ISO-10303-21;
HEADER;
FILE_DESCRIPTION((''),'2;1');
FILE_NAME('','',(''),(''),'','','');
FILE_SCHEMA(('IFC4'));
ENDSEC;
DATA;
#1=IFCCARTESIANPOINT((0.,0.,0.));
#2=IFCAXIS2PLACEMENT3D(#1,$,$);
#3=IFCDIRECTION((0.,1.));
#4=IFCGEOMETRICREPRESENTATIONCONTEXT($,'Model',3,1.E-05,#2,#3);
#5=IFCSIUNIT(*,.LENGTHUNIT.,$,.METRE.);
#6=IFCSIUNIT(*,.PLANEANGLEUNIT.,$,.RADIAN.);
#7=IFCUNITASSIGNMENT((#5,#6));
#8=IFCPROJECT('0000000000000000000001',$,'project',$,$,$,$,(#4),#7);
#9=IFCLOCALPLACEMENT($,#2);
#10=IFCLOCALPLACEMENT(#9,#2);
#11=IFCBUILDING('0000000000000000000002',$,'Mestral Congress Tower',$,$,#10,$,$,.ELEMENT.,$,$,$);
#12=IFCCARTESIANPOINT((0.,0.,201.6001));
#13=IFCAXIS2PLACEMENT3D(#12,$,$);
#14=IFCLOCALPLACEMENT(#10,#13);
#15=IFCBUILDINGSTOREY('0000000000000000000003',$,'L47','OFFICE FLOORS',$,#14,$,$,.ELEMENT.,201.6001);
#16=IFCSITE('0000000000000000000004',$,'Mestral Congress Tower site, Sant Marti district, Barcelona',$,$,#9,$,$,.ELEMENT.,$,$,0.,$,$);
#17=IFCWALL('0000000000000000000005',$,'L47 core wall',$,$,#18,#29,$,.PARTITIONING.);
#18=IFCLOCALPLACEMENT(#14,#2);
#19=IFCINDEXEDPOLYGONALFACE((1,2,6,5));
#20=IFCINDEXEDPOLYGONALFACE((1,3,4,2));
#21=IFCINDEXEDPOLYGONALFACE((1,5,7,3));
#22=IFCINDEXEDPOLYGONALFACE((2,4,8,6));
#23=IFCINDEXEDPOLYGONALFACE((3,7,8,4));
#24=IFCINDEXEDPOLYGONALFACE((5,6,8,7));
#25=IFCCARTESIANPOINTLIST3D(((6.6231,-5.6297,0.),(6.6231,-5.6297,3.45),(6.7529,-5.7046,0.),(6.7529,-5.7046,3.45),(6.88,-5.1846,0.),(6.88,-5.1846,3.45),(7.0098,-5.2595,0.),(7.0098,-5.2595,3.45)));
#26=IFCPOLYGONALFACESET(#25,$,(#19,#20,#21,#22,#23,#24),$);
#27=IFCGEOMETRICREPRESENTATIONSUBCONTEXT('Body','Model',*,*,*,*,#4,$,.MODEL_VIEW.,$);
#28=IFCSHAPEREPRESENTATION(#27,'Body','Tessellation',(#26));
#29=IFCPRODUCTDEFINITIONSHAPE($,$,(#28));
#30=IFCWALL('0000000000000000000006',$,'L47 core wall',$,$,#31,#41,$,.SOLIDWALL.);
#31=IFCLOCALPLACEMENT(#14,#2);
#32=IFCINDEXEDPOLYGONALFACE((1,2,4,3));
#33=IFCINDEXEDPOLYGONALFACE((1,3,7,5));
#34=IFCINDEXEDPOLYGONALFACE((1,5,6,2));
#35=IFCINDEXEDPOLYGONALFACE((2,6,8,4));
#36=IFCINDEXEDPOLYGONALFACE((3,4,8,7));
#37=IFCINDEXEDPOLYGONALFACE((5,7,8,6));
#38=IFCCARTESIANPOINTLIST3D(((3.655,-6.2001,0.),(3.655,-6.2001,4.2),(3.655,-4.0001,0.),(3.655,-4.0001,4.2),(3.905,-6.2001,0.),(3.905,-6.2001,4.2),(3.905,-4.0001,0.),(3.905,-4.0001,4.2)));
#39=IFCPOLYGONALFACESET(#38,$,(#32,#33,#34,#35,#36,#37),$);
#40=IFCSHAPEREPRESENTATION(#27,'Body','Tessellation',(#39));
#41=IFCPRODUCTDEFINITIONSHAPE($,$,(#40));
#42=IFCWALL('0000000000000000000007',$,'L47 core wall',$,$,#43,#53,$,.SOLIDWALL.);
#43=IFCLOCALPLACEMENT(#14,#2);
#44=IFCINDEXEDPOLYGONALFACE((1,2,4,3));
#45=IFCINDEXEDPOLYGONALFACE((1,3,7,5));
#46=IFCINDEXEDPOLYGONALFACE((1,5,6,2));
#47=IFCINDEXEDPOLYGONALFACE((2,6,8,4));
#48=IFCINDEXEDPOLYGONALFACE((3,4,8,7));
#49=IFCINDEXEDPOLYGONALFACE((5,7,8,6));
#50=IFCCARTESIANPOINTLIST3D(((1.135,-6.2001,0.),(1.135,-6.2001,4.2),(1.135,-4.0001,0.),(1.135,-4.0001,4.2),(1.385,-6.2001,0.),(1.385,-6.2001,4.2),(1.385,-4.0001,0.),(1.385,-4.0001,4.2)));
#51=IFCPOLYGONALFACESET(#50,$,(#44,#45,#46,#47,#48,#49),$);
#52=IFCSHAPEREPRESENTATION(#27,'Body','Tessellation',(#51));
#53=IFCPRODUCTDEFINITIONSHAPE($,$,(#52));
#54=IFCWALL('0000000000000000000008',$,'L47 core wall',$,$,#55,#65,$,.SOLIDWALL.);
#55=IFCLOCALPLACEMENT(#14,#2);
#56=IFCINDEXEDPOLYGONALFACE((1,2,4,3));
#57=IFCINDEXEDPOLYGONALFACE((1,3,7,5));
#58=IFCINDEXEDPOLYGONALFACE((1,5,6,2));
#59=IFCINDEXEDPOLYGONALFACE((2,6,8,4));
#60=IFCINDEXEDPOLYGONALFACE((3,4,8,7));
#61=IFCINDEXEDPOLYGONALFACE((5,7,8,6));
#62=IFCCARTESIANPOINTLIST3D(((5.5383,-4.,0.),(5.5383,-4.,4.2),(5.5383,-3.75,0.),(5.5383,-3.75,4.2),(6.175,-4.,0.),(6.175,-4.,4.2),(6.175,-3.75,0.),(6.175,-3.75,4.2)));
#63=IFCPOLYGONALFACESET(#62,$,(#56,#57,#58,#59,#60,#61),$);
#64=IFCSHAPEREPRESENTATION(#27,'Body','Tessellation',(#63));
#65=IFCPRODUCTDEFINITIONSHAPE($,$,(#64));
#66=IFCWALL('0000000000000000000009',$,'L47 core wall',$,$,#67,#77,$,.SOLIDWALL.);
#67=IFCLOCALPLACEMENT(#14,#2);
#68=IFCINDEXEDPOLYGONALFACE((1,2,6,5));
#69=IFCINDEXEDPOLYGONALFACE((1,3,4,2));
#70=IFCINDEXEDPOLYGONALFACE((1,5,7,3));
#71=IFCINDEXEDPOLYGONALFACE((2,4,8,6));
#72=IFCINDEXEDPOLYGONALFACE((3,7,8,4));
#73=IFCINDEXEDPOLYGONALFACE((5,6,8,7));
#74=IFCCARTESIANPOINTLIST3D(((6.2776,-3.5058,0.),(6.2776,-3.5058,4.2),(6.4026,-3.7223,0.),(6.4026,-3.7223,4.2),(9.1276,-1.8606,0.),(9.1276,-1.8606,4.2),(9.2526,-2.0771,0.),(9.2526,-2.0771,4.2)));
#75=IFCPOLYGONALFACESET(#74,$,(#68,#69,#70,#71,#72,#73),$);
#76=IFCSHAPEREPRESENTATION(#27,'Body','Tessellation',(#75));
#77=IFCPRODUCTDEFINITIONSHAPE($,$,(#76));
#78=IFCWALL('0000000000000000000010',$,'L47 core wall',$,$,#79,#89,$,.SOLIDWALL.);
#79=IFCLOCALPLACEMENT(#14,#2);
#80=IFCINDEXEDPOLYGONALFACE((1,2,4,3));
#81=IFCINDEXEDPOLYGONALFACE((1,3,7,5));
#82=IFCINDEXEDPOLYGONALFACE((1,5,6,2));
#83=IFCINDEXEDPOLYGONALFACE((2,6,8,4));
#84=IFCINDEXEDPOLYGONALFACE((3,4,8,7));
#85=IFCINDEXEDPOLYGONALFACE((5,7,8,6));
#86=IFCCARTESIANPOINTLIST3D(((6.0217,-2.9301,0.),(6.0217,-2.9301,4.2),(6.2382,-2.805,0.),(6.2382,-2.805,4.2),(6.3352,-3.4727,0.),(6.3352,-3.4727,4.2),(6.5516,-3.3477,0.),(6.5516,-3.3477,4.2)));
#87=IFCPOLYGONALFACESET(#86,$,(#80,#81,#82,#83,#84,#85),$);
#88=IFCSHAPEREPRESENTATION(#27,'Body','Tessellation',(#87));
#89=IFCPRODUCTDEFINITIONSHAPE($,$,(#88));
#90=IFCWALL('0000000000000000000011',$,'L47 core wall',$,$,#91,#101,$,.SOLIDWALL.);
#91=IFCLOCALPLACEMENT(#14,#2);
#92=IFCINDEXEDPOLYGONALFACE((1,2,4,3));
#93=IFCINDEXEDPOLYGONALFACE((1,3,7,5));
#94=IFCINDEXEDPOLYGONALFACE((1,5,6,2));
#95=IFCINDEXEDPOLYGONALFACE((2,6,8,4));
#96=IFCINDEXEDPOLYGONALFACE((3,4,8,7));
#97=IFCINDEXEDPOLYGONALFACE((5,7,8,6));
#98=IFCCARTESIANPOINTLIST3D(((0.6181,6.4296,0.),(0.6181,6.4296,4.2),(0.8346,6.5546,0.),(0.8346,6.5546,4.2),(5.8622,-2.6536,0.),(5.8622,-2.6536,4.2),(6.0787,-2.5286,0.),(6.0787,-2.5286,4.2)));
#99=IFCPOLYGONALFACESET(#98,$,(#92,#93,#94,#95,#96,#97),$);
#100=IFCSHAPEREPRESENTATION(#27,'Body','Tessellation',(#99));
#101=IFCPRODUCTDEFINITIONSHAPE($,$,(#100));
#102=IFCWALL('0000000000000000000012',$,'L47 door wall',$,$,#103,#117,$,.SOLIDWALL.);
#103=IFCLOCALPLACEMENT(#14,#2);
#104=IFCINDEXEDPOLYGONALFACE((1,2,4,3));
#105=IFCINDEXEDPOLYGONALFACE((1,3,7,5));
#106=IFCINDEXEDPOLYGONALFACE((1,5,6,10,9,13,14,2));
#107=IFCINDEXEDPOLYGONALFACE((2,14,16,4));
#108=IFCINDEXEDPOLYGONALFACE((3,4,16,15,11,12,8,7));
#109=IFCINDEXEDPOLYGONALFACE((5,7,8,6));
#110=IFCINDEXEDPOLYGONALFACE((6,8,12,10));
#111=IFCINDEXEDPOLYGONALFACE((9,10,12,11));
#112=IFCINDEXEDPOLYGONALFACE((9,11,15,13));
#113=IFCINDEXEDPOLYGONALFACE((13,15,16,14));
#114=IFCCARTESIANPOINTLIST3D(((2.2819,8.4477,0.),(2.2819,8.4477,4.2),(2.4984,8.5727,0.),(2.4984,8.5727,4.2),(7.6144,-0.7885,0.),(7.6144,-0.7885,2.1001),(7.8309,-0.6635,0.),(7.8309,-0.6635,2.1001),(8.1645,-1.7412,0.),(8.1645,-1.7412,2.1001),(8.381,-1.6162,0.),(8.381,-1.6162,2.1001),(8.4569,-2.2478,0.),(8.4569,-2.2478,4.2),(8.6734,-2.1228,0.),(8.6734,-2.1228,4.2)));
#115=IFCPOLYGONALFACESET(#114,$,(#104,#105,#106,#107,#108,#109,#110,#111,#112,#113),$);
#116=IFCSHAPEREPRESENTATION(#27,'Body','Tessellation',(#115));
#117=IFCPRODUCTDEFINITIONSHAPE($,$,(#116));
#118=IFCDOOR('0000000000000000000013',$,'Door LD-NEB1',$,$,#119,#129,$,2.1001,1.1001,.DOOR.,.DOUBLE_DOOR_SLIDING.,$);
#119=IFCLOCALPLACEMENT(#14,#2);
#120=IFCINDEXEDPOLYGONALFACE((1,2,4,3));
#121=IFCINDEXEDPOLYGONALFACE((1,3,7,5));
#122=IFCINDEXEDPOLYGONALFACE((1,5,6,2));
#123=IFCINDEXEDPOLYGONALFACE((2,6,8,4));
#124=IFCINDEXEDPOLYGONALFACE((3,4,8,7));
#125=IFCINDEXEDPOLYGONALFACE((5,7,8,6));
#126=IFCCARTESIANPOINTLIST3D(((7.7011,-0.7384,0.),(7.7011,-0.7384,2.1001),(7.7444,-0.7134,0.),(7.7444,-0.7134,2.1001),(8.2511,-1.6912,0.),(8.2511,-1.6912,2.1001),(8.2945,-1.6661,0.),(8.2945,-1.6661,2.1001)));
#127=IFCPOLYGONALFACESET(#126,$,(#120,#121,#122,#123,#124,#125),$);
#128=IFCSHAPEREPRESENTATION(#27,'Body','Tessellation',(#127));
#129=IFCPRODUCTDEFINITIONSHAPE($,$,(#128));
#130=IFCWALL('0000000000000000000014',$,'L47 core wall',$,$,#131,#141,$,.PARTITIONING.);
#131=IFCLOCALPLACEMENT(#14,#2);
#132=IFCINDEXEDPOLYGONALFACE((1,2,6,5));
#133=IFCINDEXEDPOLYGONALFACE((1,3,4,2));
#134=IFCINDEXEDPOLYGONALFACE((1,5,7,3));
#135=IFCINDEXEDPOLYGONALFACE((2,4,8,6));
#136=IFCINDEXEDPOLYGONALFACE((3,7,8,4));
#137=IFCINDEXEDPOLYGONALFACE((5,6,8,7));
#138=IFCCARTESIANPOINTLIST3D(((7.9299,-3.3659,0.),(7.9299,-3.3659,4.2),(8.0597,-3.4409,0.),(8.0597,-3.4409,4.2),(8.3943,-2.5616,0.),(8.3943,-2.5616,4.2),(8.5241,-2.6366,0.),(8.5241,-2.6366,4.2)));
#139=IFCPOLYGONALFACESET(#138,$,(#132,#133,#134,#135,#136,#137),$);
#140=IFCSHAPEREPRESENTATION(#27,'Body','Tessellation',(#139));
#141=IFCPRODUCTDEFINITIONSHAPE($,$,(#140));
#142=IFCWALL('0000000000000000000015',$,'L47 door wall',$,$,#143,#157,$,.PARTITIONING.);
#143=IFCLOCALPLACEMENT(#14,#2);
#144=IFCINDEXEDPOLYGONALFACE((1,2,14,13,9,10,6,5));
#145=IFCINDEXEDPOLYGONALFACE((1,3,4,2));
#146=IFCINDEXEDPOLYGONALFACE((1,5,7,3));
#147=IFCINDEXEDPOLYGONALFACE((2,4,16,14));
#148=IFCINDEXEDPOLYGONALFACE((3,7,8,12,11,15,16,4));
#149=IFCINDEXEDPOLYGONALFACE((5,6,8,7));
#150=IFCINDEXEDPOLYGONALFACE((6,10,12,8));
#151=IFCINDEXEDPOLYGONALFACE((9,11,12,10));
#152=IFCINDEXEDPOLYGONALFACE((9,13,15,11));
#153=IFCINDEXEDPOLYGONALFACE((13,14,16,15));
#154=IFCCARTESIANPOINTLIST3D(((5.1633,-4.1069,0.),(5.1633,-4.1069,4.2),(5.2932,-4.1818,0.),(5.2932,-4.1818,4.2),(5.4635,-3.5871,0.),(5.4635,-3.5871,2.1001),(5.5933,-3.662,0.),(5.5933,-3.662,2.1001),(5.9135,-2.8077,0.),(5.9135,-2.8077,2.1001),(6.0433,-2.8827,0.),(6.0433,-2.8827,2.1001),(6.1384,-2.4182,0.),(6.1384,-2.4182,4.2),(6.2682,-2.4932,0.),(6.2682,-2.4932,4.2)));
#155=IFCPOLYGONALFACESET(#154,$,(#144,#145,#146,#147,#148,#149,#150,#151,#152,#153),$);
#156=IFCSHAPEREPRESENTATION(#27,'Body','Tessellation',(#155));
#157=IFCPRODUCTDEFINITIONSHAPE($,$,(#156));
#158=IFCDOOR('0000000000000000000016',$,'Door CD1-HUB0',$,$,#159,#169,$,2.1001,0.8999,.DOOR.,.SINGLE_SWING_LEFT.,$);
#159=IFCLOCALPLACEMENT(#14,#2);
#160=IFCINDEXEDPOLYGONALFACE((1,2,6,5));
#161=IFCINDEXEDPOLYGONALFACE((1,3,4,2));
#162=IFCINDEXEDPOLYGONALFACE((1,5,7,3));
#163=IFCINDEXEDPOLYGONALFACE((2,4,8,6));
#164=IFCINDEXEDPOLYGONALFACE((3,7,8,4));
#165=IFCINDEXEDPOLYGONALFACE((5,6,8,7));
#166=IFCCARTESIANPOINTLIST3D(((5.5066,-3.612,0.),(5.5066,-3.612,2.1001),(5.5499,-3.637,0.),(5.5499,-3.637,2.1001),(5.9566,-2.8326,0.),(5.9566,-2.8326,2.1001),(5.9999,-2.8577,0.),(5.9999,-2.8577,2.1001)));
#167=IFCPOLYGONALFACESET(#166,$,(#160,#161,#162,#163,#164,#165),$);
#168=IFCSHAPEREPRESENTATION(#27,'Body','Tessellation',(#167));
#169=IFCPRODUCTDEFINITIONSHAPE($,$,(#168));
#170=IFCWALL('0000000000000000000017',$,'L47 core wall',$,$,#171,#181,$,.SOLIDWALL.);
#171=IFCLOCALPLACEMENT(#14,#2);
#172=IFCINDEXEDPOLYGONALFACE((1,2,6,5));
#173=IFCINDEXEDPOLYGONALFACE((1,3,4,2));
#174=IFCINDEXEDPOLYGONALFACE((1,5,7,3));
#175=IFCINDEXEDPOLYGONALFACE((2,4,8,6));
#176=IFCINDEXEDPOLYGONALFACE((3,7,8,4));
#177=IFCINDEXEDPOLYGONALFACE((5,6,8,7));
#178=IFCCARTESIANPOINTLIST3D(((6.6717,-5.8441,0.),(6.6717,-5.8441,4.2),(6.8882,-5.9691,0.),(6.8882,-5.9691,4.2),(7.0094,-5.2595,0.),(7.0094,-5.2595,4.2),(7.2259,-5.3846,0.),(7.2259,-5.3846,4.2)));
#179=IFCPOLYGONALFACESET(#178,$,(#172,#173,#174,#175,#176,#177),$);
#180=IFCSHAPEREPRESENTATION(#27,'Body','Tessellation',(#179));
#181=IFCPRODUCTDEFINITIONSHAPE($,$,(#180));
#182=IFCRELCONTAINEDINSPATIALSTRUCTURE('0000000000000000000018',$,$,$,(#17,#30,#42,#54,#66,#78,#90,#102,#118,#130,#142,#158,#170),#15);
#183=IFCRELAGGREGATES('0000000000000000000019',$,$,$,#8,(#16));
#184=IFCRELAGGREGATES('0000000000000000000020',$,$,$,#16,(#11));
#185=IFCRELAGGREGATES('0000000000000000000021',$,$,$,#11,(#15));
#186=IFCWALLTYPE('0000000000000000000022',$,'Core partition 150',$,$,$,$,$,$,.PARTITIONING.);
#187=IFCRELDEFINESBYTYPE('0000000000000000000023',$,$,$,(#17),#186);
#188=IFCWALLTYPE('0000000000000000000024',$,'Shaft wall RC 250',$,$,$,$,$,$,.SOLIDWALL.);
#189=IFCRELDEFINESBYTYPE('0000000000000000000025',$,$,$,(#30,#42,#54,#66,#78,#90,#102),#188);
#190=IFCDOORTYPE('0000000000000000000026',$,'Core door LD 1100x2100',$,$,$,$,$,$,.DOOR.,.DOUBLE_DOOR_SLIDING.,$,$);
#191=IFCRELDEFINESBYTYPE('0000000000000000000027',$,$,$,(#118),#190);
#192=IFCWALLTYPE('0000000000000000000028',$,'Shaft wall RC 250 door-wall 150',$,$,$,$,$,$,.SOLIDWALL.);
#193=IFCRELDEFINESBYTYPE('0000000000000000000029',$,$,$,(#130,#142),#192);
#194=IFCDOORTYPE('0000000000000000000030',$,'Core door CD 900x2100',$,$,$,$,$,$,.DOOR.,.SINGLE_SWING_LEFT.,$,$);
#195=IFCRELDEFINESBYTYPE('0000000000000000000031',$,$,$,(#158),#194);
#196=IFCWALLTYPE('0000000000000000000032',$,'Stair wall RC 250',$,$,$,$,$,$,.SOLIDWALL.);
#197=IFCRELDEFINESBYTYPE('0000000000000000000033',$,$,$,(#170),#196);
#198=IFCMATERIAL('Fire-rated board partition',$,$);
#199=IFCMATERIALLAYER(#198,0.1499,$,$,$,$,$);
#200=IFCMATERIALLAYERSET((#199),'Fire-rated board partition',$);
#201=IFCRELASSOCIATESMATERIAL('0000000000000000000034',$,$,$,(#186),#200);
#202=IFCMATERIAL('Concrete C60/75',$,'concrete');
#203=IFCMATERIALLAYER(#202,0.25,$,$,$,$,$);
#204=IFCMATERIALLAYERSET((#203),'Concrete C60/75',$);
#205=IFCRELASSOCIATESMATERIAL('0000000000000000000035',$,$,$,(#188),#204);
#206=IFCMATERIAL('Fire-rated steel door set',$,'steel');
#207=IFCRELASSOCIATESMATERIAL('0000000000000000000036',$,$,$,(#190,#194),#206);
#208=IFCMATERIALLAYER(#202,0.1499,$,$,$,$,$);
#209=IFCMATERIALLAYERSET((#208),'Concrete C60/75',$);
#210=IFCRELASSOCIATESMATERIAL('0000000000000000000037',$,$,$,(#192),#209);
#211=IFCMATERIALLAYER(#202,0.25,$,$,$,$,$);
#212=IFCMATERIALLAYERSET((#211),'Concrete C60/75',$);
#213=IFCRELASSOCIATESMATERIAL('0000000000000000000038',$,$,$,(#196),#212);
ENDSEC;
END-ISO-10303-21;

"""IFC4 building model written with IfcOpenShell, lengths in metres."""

from ifc_helpers import new_model, si_unit, direction, frame, frame_2d, origin, place, context, subcontext, project, spatial, rectangle, extrude, material, layer, layer_set, type_object, element, fill, save


model = new_model("IFC4")

# Units and contexts
model_context = context("Model", 3, precision=1e-05, world=origin(), true_north=direction((0.0, 1.0)))
body_context = subcontext(model_context, "Body", "Model", "MODEL_VIEW")
ifc_project = project(units=[si_unit("LENGTHUNIT", "METRE"), si_unit("PLANEANGLEUNIT", "RADIAN")], contexts=[model_context])

# Site, building, storey
site_placement = place(None, origin())
site = spatial("IfcSite", under=ifc_project, at=site_placement, Name="Mestral Congress Tower site, Sant Marti district, Barcelona", CompositionType="ELEMENT", RefElevation=0.0)
building_placement = place(site_placement, origin())
building = spatial("IfcBuilding", under=site, at=building_placement, Name="Mestral Congress Tower", CompositionType="ELEMENT")
storey_placement = place(building_placement, frame((0.0, 0.0, 201.6001)))
storey = spatial("IfcBuildingStorey", under=building, at=storey_placement, Name="L47", Description="OFFICE FLOORS", CompositionType="ELEMENT", Elevation=201.6001)

# Walls
ifc_material_1 = material(Name="Fire-rated board partition")
ifc_layer_1 = layer(ifc_material_1, 0.1499)
ifc_layer_set_1 = layer_set([ifc_layer_1], Name="Fire-rated board partition")
wall_type_1 = type_object("IfcWallType", Name="Core partition 150", PredefinedType="PARTITIONING", material=ifc_layer_set_1)
wall_1_placement = place(storey_placement, frame((6.9448, -5.2222, 0.0), z_axis=(0.0, 0.0, 1.0), x_axis=(-0.499818, -0.86613, 0.0)))
element("IfcWall", 1, at=wall_1_placement, inside=storey, type_object=wall_type_1, Name="L47 core wall", PredefinedType="PARTITIONING", context=body_context, shape_type="SweptSolid", body=[
    extrude(rectangle(XDim=0.5139, YDim=0.1499, at=frame_2d((0.2568, 0.0))), origin(), (0.0, 0.0, 1.0), 3.45),
])
ifc_material_2 = material(Name="Concrete C60/75", Category="concrete")
ifc_layer_2 = layer(ifc_material_2, 0.25)
ifc_layer_set_2 = layer_set([ifc_layer_2], Name="Concrete C60/75")
wall_type_2 = type_object("IfcWallType", Name="Shaft wall RC 250", PredefinedType="SOLIDWALL", material=ifc_layer_set_2)
for number, where, z_axis, x_axis, name in (
    (2, (3.78, -4.0, 0.0), (0.0, 0.0, 1.0), (0.0, -1.0, 0.0), "L47 core wall"),
    (3, (1.26, -4.0, 0.0), (0.0, 0.0, 1.0), (0.0, -1.0, 0.0), "L47 core wall"),
):
    element("IfcWall", number, at=place(storey_placement, frame(where, z_axis=z_axis, x_axis=x_axis)), inside=storey, type_object=wall_type_2, Name=name, PredefinedType="SOLIDWALL", context=body_context, shape_type="SweptSolid", body=[
        extrude(rectangle(XDim=2.2, YDim=0.25, at=frame_2d((1.1001, 0.0))), origin(), (0.0, 0.0, 1.0), 4.2),
    ])
wall_2_placement = place(storey_placement, frame((5.5383, -3.875, 0.0), z_axis=(0.0, 0.0, 1.0), x_axis=(1.0, 0.0, 0.0)))
element("IfcWall", 4, at=wall_2_placement, inside=storey, type_object=wall_type_2, Name="L47 core wall", PredefinedType="SOLIDWALL", context=body_context, shape_type="SweptSolid", body=[
    extrude(rectangle(XDim=0.6367, YDim=0.25, at=frame_2d((0.3184, 0.0))), origin(), (0.0, 0.0, 1.0), 4.2),
])
wall_3_placement = place(storey_placement, frame((9.1902, -1.9688, 0.0), z_axis=(0.0, 0.0, 1.0), x_axis=(-0.866057, -0.499945, 0.0)))
element("IfcWall", 5, at=wall_3_placement, inside=storey, type_object=wall_type_2, Name="L47 core wall", PredefinedType="SOLIDWALL", context=body_context, shape_type="SweptSolid", body=[
    extrude(rectangle(XDim=3.2908, YDim=0.25, at=frame_2d((1.6455, 0.0))), origin(), (0.0, 0.0, 1.0), 4.2),
])
wall_4_placement = place(storey_placement, frame((6.1299, -2.8674, 0.0), z_axis=(0.0, 0.0, 1.0), x_axis=(0.500161, -0.865933, 0.0)))
element("IfcWall", 6, at=wall_4_placement, inside=storey, type_object=wall_type_2, Name="L47 core wall", PredefinedType="SOLIDWALL", context=body_context, shape_type="SweptSolid", body=[
    extrude(rectangle(XDim=0.6267, YDim=0.25, at=frame_2d((0.3135, 0.0))), origin(), (0.0, 0.0, 1.0), 4.2),
])
wall_5_placement = place(storey_placement, frame((5.9705, -2.5911, 0.0), z_axis=(0.0, 0.0, 1.0), x_axis=(-0.499994, 0.866029, 0.0)))
element("IfcWall", 7, at=wall_5_placement, inside=storey, type_object=wall_type_2, Name="L47 core wall", PredefinedType="SOLIDWALL", context=body_context, shape_type="SweptSolid", body=[
    extrude(rectangle(XDim=10.4883, YDim=0.25, at=frame_2d((5.2441, 0.0))), origin(), (0.0, 0.0, 1.0), 4.2),
])

# Wall, opening, door
wall_6_placement = place(storey_placement, frame((8.5652, -2.1853, 0.0), z_axis=(0.0, 0.0, 1.0), x_axis=(-0.499998, 0.866027, 0.0)))
wall_6 = element("IfcWall", 8, at=wall_6_placement, inside=storey, type_object=wall_type_2, Name="L47 door wall", PredefinedType="SOLIDWALL", context=body_context, shape_type="SweptSolid", body=[
    extrude(rectangle(XDim=12.3501, YDim=0.25, at=frame_2d((6.175, 0.0))), origin(), (0.0, 0.0, 1.0), 4.2),
])
opening_1_placement = place(wall_6_placement, frame((0.585, 0.0, 0.0)))
opening_1 = element("IfcOpeningElement", 9, at=opening_1_placement, cuts=wall_6, PredefinedType="OPENING", context=body_context, shape_type="SweptSolid", body=[
    extrude(rectangle(XDim=1.1001, YDim=2.1001, at=frame_2d((0.55, 1.05))), frame((0.0, 0.135, 0.0), z_axis=(0.0, -1.0, 0.0), x_axis=(1.0, 0.0, 0.0)), (0.0, 0.0, 1.0), 0.27),
])
ifc_material_3 = material(Name="Fire-rated steel door set", Category="steel")
door_type_1 = type_object("IfcDoorType", Name="Core door LD 1100x2100", OperationType="DOUBLE_DOOR_SLIDING", PredefinedType="DOOR", material=ifc_material_3)
door_1_placement = place(opening_1_placement, origin())
door_1 = element("IfcDoor", 10, at=door_1_placement, inside=storey, type_object=door_type_1, Name="Door LD-NEB1", OperationType="DOUBLE_DOOR_SLIDING", OverallHeight=2.1001, OverallWidth=1.1001, PredefinedType="DOOR", context=body_context, shape_type="SweptSolid", body=[
    extrude(rectangle(XDim=1.1001, YDim=2.1001, at=frame_2d((0.55, 1.05))), frame((0.0, 0.0249, 0.0), z_axis=(0.0, -1.0, 0.0), x_axis=(1.0, 0.0, 0.0)), (0.0, 0.0, 1.0), 0.05),
])
fill(opening_1, door_1)

# Wall
ifc_layer_3 = layer(ifc_material_2, 0.1499)
ifc_layer_set_3 = layer_set([ifc_layer_3], Name="Concrete C60/75")
wall_type_3 = type_object("IfcWallType", Name="Shaft wall RC 250 door-wall 150", PredefinedType="SOLIDWALL", material=ifc_layer_set_3)
wall_7_placement = place(storey_placement, frame((8.4592, -2.5991, 0.0), z_axis=(0.0, 0.0, 1.0), x_axis=(-0.500041, -0.866002, 0.0)))
element("IfcWall", 11, at=wall_7_placement, inside=storey, type_object=wall_type_3, Name="L47 core wall", PredefinedType="PARTITIONING", context=body_context, shape_type="SweptSolid", body=[
    extrude(rectangle(XDim=0.9287, YDim=0.1499, at=frame_2d((0.4644, 0.0))), origin(), (0.0, 0.0, 1.0), 4.2),
])

# Wall, opening, door
wall_8_placement = place(storey_placement, frame((6.2034, -2.4556, 0.0), z_axis=(0.0, 0.0, 1.0), x_axis=(-0.500044, -0.866, 0.0)))
wall_8 = element("IfcWall", 12, at=wall_8_placement, inside=storey, type_object=wall_type_3, Name="L47 door wall", PredefinedType="PARTITIONING", context=body_context, shape_type="SweptSolid", body=[
    extrude(rectangle(XDim=1.95, YDim=0.1499, at=frame_2d((0.9751, 0.0))), origin(), (0.0, 0.0, 1.0), 4.2),
])
opening_2_placement = place(wall_8_placement, frame((0.45, 0.0, 0.0)))
opening_2 = element("IfcOpeningElement", 13, at=opening_2_placement, cuts=wall_8, PredefinedType="OPENING", context=body_context, shape_type="SweptSolid", body=[
    extrude(rectangle(XDim=0.8999, YDim=2.1001, at=frame_2d((0.45, 1.05))), frame((0.0, 0.085, 0.0), z_axis=(0.0, -1.0, 0.0), x_axis=(1.0, 0.0, 0.0)), (0.0, 0.0, 1.0), 0.1699),
])
door_type_2 = type_object("IfcDoorType", Name="Core door CD 900x2100", OperationType="SINGLE_SWING_LEFT", PredefinedType="DOOR", material=ifc_material_3)
door_2_placement = place(opening_2_placement, origin())
door_2 = element("IfcDoor", 14, at=door_2_placement, inside=storey, type_object=door_type_2, Name="Door CD1-HUB0", OperationType="SINGLE_SWING_LEFT", OverallHeight=2.1001, OverallWidth=0.8999, PredefinedType="DOOR", context=body_context, shape_type="SweptSolid", body=[
    extrude(rectangle(XDim=0.8999, YDim=2.1001, at=frame_2d((0.45, 1.05))), frame((0.0, 0.0249, 0.0), z_axis=(0.0, -1.0, 0.0), x_axis=(1.0, 0.0, 0.0)), (0.0, 0.0, 1.0), 0.05),
])
fill(opening_2, door_2)

# Wall
ifc_layer_4 = layer(ifc_material_2, 0.25)
ifc_layer_set_4 = layer_set([ifc_layer_4], Name="Concrete C60/75")
wall_type_4 = type_object("IfcWallType", Name="Stair wall RC 250", PredefinedType="SOLIDWALL", material=ifc_layer_set_4)
wall_9_placement = place(storey_placement, frame((6.78, -5.9065, 0.0), z_axis=(0.0, 0.0, 1.0), x_axis=(0.500223, 0.865896, 0.0)))
element("IfcWall", 15, at=wall_9_placement, inside=storey, type_object=wall_type_4, Name="L47 core wall", PredefinedType="SOLIDWALL", context=body_context, shape_type="SweptSolid", body=[
    extrude(rectangle(XDim=0.675, YDim=0.25, at=frame_2d((0.3374, 0.0))), origin(), (0.0, 0.0, 1.0), 4.2),
])

save(model, "model.ifc")
